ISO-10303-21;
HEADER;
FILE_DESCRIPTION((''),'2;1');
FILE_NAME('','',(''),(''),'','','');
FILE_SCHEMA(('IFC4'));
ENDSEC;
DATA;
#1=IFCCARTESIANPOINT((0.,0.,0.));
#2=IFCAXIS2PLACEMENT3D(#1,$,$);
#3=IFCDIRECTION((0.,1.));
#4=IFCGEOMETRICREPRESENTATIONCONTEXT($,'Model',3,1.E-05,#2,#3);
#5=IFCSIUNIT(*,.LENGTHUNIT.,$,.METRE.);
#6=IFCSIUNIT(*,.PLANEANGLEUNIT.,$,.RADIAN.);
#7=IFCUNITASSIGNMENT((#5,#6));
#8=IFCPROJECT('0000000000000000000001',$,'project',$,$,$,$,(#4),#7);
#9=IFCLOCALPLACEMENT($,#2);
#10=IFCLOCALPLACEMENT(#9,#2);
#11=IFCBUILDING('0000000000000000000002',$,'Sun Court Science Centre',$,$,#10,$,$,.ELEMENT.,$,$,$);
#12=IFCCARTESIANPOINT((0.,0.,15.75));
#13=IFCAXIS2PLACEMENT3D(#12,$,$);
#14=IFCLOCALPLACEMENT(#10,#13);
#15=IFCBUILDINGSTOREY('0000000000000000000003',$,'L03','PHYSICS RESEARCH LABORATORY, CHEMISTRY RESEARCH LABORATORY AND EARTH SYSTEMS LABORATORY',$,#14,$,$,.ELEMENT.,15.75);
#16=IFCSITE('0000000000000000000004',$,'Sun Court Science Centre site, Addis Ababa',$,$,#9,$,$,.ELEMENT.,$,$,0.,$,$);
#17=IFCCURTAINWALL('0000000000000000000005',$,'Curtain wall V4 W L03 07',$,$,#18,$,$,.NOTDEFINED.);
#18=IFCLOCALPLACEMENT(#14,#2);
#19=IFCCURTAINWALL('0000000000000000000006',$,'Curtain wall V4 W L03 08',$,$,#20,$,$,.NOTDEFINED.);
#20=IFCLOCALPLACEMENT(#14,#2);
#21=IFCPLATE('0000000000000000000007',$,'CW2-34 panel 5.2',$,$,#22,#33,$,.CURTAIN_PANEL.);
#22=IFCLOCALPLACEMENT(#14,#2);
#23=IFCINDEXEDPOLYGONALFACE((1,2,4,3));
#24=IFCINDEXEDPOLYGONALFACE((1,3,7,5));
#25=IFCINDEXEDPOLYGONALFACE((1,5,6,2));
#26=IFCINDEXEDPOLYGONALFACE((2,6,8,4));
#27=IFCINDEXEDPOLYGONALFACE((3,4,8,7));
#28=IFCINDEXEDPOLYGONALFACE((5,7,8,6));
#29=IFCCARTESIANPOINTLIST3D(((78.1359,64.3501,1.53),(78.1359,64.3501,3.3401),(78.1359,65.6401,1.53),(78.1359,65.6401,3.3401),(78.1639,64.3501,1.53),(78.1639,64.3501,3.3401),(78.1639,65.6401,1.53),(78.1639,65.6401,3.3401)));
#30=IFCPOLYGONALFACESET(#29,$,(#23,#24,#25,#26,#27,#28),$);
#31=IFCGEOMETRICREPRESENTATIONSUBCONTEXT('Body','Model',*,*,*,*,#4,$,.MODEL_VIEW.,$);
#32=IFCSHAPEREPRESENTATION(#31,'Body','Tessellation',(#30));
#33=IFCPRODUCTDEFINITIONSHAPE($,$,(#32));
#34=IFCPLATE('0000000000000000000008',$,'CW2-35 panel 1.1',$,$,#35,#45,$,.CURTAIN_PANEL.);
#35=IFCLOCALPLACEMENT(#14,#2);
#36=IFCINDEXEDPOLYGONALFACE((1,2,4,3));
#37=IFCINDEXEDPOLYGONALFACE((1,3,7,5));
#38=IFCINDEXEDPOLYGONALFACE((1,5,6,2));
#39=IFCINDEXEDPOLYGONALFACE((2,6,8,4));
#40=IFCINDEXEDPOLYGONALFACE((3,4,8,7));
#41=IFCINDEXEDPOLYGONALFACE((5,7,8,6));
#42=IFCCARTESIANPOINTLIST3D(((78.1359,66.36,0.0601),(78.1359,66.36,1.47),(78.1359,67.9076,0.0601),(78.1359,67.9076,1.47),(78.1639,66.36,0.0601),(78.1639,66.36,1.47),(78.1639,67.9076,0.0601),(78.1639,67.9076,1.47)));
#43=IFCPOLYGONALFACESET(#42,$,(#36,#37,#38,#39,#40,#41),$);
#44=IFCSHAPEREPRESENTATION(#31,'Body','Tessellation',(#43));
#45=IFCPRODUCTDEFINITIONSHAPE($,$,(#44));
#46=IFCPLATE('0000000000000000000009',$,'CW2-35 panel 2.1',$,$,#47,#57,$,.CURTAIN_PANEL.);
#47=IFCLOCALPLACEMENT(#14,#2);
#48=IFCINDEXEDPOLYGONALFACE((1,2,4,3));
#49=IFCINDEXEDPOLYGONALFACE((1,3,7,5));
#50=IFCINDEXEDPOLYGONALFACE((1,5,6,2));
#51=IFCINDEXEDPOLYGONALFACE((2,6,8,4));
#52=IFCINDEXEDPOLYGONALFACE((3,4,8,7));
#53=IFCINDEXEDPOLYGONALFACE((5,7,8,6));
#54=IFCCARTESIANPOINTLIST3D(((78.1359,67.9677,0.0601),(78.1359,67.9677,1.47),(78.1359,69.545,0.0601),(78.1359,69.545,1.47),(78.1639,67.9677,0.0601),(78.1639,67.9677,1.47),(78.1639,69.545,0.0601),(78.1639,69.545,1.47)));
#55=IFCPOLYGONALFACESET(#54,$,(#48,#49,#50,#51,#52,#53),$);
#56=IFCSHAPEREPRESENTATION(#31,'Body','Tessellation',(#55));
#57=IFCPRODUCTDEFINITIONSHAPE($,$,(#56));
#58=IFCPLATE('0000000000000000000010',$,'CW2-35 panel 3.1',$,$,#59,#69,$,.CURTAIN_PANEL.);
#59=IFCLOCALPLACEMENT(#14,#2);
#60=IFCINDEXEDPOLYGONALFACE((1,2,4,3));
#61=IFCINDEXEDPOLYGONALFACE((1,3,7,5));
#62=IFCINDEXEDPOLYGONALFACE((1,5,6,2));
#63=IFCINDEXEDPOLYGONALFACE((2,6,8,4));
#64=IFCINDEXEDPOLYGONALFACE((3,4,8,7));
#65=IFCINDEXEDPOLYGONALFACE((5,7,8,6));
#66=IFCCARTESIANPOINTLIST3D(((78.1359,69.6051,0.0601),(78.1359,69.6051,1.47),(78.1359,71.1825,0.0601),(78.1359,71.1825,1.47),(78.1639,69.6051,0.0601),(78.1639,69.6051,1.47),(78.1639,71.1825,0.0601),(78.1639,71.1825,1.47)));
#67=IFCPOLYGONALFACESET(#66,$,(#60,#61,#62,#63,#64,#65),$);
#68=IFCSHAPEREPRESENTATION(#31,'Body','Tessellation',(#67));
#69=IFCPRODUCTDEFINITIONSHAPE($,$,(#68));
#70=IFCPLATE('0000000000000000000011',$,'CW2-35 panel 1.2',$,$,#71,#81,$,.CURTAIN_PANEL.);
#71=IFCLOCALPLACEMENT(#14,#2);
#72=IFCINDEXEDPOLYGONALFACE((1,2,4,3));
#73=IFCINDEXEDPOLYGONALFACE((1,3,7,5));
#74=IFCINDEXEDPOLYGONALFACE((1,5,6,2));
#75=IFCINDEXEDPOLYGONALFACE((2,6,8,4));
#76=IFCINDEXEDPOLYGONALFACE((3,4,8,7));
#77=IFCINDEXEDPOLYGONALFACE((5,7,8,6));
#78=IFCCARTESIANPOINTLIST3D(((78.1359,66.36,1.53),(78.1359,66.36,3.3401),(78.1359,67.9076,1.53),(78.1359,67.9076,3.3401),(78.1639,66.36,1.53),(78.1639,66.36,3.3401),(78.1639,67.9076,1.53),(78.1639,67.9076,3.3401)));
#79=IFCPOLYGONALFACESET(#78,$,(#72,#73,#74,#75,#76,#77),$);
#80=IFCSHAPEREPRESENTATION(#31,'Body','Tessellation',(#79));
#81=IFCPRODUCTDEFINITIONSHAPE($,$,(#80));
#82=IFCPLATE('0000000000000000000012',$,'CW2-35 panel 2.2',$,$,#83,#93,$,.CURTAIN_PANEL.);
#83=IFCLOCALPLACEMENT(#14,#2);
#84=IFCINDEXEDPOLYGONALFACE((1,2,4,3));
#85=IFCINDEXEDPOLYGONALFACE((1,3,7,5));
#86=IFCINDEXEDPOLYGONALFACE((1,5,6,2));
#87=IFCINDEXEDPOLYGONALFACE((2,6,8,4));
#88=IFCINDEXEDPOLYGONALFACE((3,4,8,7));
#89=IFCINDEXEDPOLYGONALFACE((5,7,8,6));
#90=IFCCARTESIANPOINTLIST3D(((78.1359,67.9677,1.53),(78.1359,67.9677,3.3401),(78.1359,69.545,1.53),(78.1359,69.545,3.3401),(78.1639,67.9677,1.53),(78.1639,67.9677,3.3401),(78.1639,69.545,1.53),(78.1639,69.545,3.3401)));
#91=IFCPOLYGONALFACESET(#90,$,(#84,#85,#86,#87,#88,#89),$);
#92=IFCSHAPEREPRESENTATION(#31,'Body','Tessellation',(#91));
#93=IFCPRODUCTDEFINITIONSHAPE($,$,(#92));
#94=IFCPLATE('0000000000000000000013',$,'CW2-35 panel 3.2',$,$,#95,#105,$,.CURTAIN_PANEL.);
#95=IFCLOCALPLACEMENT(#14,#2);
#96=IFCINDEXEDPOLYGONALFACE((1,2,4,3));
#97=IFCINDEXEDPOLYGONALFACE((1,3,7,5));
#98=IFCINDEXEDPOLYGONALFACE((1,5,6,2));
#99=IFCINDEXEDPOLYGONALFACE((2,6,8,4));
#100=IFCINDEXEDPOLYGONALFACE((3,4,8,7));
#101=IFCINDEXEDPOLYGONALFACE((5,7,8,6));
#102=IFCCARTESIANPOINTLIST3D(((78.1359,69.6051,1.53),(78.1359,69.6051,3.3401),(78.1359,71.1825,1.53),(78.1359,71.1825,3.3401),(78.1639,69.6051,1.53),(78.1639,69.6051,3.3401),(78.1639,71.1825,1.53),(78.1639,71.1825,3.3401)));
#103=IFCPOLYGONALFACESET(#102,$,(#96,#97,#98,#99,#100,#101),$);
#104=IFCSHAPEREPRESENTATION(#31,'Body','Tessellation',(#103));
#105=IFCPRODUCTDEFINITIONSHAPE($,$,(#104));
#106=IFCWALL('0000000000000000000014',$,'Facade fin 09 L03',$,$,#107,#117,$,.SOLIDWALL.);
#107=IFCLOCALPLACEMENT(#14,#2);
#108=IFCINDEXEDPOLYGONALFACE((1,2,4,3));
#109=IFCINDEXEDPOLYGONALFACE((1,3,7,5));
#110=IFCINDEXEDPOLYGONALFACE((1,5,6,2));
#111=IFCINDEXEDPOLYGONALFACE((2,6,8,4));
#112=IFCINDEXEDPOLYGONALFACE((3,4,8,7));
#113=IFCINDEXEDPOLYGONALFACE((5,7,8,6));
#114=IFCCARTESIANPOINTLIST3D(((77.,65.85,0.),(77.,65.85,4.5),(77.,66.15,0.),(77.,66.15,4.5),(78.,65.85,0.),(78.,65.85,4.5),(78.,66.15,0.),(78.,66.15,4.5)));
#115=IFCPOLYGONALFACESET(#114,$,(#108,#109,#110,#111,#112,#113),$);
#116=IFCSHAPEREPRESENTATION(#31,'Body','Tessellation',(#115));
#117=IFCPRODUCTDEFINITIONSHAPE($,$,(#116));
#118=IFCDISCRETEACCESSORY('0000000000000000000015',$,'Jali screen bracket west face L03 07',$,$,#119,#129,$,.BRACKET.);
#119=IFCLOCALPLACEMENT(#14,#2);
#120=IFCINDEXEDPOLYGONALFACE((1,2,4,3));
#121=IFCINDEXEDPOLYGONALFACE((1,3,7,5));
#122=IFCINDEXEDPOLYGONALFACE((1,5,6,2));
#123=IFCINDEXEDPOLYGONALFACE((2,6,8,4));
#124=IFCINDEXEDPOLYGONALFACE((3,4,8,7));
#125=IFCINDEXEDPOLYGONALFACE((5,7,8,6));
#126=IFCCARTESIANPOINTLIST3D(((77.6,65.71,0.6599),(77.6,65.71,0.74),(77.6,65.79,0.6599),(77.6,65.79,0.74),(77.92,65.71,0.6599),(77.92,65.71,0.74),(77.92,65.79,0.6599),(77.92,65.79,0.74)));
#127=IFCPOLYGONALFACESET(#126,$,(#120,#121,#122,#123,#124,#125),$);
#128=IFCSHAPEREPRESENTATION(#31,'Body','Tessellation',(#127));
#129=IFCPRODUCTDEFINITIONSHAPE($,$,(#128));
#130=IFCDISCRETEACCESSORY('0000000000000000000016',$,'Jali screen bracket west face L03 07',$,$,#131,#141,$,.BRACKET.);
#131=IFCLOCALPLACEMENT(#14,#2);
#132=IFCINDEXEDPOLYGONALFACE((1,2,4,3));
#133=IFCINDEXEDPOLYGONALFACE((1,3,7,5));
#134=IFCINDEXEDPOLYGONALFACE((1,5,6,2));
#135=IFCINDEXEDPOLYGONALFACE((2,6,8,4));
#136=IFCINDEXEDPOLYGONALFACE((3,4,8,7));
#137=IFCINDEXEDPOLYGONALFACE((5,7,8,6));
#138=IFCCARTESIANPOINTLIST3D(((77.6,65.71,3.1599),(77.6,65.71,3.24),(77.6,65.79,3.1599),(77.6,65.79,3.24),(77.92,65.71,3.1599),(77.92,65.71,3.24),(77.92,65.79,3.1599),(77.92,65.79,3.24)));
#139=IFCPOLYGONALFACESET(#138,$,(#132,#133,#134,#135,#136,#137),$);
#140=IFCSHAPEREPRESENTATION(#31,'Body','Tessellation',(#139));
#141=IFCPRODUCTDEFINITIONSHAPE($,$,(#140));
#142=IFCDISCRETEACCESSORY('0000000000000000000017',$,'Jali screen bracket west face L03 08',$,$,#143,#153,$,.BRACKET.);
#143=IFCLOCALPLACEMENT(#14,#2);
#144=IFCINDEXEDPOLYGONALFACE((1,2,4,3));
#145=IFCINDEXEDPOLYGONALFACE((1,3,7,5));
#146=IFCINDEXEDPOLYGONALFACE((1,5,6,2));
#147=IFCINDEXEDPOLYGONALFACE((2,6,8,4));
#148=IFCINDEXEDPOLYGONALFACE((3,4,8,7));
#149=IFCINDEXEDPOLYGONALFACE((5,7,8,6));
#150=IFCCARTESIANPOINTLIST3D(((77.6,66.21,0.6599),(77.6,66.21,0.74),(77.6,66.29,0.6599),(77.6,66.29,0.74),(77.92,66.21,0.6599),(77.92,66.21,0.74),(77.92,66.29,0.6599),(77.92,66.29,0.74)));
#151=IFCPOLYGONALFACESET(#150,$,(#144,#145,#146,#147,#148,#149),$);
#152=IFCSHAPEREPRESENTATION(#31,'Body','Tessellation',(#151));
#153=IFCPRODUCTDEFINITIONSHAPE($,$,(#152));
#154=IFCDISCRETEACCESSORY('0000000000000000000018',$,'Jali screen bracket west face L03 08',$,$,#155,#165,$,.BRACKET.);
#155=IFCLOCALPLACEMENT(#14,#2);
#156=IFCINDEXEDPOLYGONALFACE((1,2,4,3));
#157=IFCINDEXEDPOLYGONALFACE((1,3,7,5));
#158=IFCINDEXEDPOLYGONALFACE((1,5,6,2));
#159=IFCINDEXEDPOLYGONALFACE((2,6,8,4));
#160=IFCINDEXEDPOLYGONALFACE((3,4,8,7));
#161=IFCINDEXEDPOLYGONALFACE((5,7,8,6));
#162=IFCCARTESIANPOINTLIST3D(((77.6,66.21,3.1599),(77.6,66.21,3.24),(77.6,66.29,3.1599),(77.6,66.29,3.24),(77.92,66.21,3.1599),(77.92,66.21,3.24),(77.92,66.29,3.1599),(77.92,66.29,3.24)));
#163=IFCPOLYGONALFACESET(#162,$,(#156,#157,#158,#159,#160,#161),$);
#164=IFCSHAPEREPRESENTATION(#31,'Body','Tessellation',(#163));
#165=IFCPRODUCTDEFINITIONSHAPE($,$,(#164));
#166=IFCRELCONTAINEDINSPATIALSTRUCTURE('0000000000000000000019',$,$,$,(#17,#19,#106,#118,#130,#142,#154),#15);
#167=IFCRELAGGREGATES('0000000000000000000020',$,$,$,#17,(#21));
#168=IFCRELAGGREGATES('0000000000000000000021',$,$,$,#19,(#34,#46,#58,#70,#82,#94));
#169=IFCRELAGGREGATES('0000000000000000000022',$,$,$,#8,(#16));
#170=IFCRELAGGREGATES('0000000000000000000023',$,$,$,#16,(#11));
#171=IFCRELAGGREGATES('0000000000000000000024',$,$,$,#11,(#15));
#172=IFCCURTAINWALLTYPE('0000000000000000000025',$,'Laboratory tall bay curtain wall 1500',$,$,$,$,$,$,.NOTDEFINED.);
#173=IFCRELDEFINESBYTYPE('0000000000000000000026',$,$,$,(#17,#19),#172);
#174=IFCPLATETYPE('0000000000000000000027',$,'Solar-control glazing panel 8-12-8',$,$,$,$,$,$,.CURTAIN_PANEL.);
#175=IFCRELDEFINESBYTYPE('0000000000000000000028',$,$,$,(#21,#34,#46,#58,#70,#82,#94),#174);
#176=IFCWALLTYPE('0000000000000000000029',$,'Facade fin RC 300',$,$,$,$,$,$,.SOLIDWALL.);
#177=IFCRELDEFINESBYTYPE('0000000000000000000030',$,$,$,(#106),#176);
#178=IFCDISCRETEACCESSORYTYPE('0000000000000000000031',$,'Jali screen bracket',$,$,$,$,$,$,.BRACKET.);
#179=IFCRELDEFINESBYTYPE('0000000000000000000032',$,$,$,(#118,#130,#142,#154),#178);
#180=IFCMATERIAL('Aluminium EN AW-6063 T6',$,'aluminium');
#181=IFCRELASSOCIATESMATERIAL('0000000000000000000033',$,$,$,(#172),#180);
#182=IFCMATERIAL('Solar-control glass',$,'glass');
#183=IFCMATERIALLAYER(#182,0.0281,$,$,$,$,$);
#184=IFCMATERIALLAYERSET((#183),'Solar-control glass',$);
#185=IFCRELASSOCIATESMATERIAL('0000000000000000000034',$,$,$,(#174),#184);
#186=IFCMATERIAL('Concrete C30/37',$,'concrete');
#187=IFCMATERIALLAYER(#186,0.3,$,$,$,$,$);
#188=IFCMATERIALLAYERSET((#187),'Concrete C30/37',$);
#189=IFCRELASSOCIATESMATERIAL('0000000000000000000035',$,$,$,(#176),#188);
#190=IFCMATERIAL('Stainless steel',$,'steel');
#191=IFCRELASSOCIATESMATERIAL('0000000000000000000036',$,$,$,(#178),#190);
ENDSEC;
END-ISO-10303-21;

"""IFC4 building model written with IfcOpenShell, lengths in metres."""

from ifc_helpers import new_model, si_unit, direction, frame, frame_2d, origin, origin_2d, place, context, subcontext, project, spatial, rectangle, extrude, material, layer, layer_set, type_object, element, aggregate, save


model = new_model("IFC4")

# Units and contexts
model_context = context("Model", 3, precision=1e-05, world=origin(), true_north=direction((0.0, 1.0)))
body_context = subcontext(model_context, "Body", "Model", "MODEL_VIEW")
ifc_project = project(units=[si_unit("LENGTHUNIT", "METRE"), si_unit("PLANEANGLEUNIT", "RADIAN")], contexts=[model_context])

# Site, building, storey
site_placement = place(None, origin())
site = spatial("IfcSite", under=ifc_project, at=site_placement, Name="Sun Court Science Centre site, Addis Ababa", CompositionType="ELEMENT", RefElevation=0.0)
building_placement = place(site_placement, origin())
building = spatial("IfcBuilding", under=site, at=building_placement, Name="Sun Court Science Centre", CompositionType="ELEMENT")
storey_placement = place(building_placement, frame((0.0, 0.0, 15.75)))
storey = spatial("IfcBuildingStorey", under=building, at=storey_placement, Name="L03", Description="PHYSICS RESEARCH LABORATORY, CHEMISTRY RESEARCH LABORATORY AND EARTH SYSTEMS LABORATORY", CompositionType="ELEMENT", Elevation=15.75)

# Curtain walls
ifc_material_1 = material(Name="Aluminium EN AW-6063 T6", Category="aluminium")
curtain_wall_type = type_object("IfcCurtainWallType", Name="Laboratory tall bay curtain wall 1500", PredefinedType="NOTDEFINED", material=ifc_material_1)
curtain_wall_1_placement = place(storey_placement, origin())
curtain_wall_1 = element("IfcCurtainWall", 1, at=curtain_wall_1_placement, inside=storey, type_object=curtain_wall_type, Name="Curtain wall V4 W L03 07", PredefinedType="NOTDEFINED")
curtain_wall_2_placement = place(storey_placement, origin())
curtain_wall_2 = element("IfcCurtainWall", 2, at=curtain_wall_2_placement, inside=storey, type_object=curtain_wall_type, Name="Curtain wall V4 W L03 08", PredefinedType="NOTDEFINED")

# Plates
ifc_material_2 = material(Name="Solar-control glass", Category="glass")
ifc_layer_1 = layer(ifc_material_2, 0.0281)
ifc_layer_set_1 = layer_set([ifc_layer_1], Name="Solar-control glass")
plate_type = type_object("IfcPlateType", Name="Solar-control glazing panel 8-12-8", PredefinedType="CURTAIN_PANEL", material=ifc_layer_set_1)
plate_1_placement = place(storey_placement, frame((78.1499, 64.9951, 1.53), z_axis=(0.0, 0.0, 1.0), x_axis=(0.0, 1.0, 0.0)))
plate_1 = element("IfcPlate", 3, at=plate_1_placement, type_object=plate_type, Name="CW2-34 panel 5.2", PredefinedType="CURTAIN_PANEL", context=body_context, shape_type="SweptSolid", body=[
    extrude(rectangle(XDim=1.29, YDim=0.0281, at=origin_2d()), origin(), (0.0, 0.0, 1.0), 1.8101),
])
aggregate(curtain_wall_1, [plate_1])
plate_2_placement = place(storey_placement, frame((78.1499, 67.1338, 0.0601), z_axis=(0.0, 0.0, 1.0), x_axis=(0.0, 1.0, 0.0)))
plate_2 = element("IfcPlate", 4, at=plate_2_placement, type_object=plate_type, Name="CW2-35 panel 1.1", PredefinedType="CURTAIN_PANEL", context=body_context, shape_type="SweptSolid", body=[
    extrude(rectangle(XDim=1.5476, YDim=0.0281, at=origin_2d()), origin(), (0.0, 0.0, 1.0), 1.4099),
])
plate_3_placement = place(storey_placement, frame((78.1499, 68.7563, 0.0601), z_axis=(0.0, 0.0, 1.0), x_axis=(0.0, 1.0, 0.0)))
plate_3 = element("IfcPlate", 5, at=plate_3_placement, type_object=plate_type, Name="CW2-35 panel 2.1", PredefinedType="CURTAIN_PANEL", context=body_context, shape_type="SweptSolid", body=[
    extrude(rectangle(XDim=1.5774, YDim=0.0281, at=origin_2d()), origin(), (0.0, 0.0, 1.0), 1.4099),
])
plate_4_placement = place(storey_placement, frame((78.1499, 70.3938, 0.0601), z_axis=(0.0, 0.0, 1.0), x_axis=(0.0, 1.0, 0.0)))
plate_4 = element("IfcPlate", 6, at=plate_4_placement, type_object=plate_type, Name="CW2-35 panel 3.1", PredefinedType="CURTAIN_PANEL", context=body_context, shape_type="SweptSolid", body=[
    extrude(rectangle(XDim=1.5774, YDim=0.0281, at=origin_2d()), origin(), (0.0, 0.0, 1.0), 1.4099),
])
plate_5_placement = place(storey_placement, frame((78.1499, 67.1338, 1.53), z_axis=(0.0, 0.0, 1.0), x_axis=(0.0, 1.0, 0.0)))
plate_5 = element("IfcPlate", 7, at=plate_5_placement, type_object=plate_type, Name="CW2-35 panel 1.2", PredefinedType="CURTAIN_PANEL", context=body_context, shape_type="SweptSolid", body=[
    extrude(rectangle(XDim=1.5476, YDim=0.0281, at=origin_2d()), origin(), (0.0, 0.0, 1.0), 1.8101),
])
plate_6_placement = place(storey_placement, frame((78.1499, 68.7563, 1.53), z_axis=(0.0, 0.0, 1.0), x_axis=(0.0, 1.0, 0.0)))
plate_6 = element("IfcPlate", 8, at=plate_6_placement, type_object=plate_type, Name="CW2-35 panel 2.2", PredefinedType="CURTAIN_PANEL", context=body_context, shape_type="SweptSolid", body=[
    extrude(rectangle(XDim=1.5774, YDim=0.0281, at=origin_2d()), origin(), (0.0, 0.0, 1.0), 1.8101),
])
plate_7_placement = place(storey_placement, frame((78.1499, 70.3938, 1.53), z_axis=(0.0, 0.0, 1.0), x_axis=(0.0, 1.0, 0.0)))
plate_7 = element("IfcPlate", 9, at=plate_7_placement, type_object=plate_type, Name="CW2-35 panel 3.2", PredefinedType="CURTAIN_PANEL", context=body_context, shape_type="SweptSolid", body=[
    extrude(rectangle(XDim=1.5774, YDim=0.0281, at=origin_2d()), origin(), (0.0, 0.0, 1.0), 1.8101),
])
aggregate(curtain_wall_2, [plate_2, plate_3, plate_4, plate_5, plate_6, plate_7])

# Wall
ifc_material_3 = material(Name="Concrete C30/37", Category="concrete")
ifc_layer_2 = layer(ifc_material_3, 0.3)
ifc_layer_set_2 = layer_set([ifc_layer_2], Name="Concrete C30/37")
wall_type = type_object("IfcWallType", Name="Facade fin RC 300", PredefinedType="SOLIDWALL", material=ifc_layer_set_2)
wall_placement = place(storey_placement, frame((77.0, 66.0, 0.0), z_axis=(0.0, 0.0, 1.0), x_axis=(1.0, 0.0, 0.0)))
element("IfcWall", 10, at=wall_placement, inside=storey, type_object=wall_type, Name="Facade fin 09 L03", PredefinedType="SOLIDWALL", context=body_context, shape_type="SweptSolid", body=[
    extrude(rectangle(XDim=1.0, YDim=0.3, at=frame_2d((0.5, 0.0))), origin(), (0.0, 0.0, 1.0), 4.5),
])

# Discrete accessories
ifc_material_4 = material(Name="Stainless steel", Category="steel")
discrete_accessory_type = type_object("IfcDiscreteAccessoryType", Name="Jali screen bracket", PredefinedType="BRACKET", material=ifc_material_4)
for number, where, z_axis, x_axis, name in (
    (11, (77.76, 65.75, 0.6599), (0.0, 0.0, 1.0), (0.0, 1.0, 0.0), "Jali screen bracket west face L03 07"),
    (12, (77.76, 65.75, 3.1599), (0.0, 0.0, 1.0), (0.0, 1.0, 0.0), "Jali screen bracket west face L03 07"),
    (13, (77.76, 66.25, 0.6599), (0.0, 0.0, 1.0), (0.0, 1.0, 0.0), "Jali screen bracket west face L03 08"),
    (14, (77.76, 66.25, 3.1599), (0.0, 0.0, 1.0), (0.0, 1.0, 0.0), "Jali screen bracket west face L03 08"),
):
    element("IfcDiscreteAccessory", number, at=place(storey_placement, frame(where, z_axis=z_axis, x_axis=x_axis)), inside=storey, type_object=discrete_accessory_type, Name=name, PredefinedType="BRACKET", context=body_context, shape_type="SweptSolid", body=[
        extrude(rectangle(XDim=0.0801, YDim=0.3201, at=origin_2d()), origin(), (0.0, 0.0, 1.0), 0.0801),
    ])

save(model, "model.ifc")
